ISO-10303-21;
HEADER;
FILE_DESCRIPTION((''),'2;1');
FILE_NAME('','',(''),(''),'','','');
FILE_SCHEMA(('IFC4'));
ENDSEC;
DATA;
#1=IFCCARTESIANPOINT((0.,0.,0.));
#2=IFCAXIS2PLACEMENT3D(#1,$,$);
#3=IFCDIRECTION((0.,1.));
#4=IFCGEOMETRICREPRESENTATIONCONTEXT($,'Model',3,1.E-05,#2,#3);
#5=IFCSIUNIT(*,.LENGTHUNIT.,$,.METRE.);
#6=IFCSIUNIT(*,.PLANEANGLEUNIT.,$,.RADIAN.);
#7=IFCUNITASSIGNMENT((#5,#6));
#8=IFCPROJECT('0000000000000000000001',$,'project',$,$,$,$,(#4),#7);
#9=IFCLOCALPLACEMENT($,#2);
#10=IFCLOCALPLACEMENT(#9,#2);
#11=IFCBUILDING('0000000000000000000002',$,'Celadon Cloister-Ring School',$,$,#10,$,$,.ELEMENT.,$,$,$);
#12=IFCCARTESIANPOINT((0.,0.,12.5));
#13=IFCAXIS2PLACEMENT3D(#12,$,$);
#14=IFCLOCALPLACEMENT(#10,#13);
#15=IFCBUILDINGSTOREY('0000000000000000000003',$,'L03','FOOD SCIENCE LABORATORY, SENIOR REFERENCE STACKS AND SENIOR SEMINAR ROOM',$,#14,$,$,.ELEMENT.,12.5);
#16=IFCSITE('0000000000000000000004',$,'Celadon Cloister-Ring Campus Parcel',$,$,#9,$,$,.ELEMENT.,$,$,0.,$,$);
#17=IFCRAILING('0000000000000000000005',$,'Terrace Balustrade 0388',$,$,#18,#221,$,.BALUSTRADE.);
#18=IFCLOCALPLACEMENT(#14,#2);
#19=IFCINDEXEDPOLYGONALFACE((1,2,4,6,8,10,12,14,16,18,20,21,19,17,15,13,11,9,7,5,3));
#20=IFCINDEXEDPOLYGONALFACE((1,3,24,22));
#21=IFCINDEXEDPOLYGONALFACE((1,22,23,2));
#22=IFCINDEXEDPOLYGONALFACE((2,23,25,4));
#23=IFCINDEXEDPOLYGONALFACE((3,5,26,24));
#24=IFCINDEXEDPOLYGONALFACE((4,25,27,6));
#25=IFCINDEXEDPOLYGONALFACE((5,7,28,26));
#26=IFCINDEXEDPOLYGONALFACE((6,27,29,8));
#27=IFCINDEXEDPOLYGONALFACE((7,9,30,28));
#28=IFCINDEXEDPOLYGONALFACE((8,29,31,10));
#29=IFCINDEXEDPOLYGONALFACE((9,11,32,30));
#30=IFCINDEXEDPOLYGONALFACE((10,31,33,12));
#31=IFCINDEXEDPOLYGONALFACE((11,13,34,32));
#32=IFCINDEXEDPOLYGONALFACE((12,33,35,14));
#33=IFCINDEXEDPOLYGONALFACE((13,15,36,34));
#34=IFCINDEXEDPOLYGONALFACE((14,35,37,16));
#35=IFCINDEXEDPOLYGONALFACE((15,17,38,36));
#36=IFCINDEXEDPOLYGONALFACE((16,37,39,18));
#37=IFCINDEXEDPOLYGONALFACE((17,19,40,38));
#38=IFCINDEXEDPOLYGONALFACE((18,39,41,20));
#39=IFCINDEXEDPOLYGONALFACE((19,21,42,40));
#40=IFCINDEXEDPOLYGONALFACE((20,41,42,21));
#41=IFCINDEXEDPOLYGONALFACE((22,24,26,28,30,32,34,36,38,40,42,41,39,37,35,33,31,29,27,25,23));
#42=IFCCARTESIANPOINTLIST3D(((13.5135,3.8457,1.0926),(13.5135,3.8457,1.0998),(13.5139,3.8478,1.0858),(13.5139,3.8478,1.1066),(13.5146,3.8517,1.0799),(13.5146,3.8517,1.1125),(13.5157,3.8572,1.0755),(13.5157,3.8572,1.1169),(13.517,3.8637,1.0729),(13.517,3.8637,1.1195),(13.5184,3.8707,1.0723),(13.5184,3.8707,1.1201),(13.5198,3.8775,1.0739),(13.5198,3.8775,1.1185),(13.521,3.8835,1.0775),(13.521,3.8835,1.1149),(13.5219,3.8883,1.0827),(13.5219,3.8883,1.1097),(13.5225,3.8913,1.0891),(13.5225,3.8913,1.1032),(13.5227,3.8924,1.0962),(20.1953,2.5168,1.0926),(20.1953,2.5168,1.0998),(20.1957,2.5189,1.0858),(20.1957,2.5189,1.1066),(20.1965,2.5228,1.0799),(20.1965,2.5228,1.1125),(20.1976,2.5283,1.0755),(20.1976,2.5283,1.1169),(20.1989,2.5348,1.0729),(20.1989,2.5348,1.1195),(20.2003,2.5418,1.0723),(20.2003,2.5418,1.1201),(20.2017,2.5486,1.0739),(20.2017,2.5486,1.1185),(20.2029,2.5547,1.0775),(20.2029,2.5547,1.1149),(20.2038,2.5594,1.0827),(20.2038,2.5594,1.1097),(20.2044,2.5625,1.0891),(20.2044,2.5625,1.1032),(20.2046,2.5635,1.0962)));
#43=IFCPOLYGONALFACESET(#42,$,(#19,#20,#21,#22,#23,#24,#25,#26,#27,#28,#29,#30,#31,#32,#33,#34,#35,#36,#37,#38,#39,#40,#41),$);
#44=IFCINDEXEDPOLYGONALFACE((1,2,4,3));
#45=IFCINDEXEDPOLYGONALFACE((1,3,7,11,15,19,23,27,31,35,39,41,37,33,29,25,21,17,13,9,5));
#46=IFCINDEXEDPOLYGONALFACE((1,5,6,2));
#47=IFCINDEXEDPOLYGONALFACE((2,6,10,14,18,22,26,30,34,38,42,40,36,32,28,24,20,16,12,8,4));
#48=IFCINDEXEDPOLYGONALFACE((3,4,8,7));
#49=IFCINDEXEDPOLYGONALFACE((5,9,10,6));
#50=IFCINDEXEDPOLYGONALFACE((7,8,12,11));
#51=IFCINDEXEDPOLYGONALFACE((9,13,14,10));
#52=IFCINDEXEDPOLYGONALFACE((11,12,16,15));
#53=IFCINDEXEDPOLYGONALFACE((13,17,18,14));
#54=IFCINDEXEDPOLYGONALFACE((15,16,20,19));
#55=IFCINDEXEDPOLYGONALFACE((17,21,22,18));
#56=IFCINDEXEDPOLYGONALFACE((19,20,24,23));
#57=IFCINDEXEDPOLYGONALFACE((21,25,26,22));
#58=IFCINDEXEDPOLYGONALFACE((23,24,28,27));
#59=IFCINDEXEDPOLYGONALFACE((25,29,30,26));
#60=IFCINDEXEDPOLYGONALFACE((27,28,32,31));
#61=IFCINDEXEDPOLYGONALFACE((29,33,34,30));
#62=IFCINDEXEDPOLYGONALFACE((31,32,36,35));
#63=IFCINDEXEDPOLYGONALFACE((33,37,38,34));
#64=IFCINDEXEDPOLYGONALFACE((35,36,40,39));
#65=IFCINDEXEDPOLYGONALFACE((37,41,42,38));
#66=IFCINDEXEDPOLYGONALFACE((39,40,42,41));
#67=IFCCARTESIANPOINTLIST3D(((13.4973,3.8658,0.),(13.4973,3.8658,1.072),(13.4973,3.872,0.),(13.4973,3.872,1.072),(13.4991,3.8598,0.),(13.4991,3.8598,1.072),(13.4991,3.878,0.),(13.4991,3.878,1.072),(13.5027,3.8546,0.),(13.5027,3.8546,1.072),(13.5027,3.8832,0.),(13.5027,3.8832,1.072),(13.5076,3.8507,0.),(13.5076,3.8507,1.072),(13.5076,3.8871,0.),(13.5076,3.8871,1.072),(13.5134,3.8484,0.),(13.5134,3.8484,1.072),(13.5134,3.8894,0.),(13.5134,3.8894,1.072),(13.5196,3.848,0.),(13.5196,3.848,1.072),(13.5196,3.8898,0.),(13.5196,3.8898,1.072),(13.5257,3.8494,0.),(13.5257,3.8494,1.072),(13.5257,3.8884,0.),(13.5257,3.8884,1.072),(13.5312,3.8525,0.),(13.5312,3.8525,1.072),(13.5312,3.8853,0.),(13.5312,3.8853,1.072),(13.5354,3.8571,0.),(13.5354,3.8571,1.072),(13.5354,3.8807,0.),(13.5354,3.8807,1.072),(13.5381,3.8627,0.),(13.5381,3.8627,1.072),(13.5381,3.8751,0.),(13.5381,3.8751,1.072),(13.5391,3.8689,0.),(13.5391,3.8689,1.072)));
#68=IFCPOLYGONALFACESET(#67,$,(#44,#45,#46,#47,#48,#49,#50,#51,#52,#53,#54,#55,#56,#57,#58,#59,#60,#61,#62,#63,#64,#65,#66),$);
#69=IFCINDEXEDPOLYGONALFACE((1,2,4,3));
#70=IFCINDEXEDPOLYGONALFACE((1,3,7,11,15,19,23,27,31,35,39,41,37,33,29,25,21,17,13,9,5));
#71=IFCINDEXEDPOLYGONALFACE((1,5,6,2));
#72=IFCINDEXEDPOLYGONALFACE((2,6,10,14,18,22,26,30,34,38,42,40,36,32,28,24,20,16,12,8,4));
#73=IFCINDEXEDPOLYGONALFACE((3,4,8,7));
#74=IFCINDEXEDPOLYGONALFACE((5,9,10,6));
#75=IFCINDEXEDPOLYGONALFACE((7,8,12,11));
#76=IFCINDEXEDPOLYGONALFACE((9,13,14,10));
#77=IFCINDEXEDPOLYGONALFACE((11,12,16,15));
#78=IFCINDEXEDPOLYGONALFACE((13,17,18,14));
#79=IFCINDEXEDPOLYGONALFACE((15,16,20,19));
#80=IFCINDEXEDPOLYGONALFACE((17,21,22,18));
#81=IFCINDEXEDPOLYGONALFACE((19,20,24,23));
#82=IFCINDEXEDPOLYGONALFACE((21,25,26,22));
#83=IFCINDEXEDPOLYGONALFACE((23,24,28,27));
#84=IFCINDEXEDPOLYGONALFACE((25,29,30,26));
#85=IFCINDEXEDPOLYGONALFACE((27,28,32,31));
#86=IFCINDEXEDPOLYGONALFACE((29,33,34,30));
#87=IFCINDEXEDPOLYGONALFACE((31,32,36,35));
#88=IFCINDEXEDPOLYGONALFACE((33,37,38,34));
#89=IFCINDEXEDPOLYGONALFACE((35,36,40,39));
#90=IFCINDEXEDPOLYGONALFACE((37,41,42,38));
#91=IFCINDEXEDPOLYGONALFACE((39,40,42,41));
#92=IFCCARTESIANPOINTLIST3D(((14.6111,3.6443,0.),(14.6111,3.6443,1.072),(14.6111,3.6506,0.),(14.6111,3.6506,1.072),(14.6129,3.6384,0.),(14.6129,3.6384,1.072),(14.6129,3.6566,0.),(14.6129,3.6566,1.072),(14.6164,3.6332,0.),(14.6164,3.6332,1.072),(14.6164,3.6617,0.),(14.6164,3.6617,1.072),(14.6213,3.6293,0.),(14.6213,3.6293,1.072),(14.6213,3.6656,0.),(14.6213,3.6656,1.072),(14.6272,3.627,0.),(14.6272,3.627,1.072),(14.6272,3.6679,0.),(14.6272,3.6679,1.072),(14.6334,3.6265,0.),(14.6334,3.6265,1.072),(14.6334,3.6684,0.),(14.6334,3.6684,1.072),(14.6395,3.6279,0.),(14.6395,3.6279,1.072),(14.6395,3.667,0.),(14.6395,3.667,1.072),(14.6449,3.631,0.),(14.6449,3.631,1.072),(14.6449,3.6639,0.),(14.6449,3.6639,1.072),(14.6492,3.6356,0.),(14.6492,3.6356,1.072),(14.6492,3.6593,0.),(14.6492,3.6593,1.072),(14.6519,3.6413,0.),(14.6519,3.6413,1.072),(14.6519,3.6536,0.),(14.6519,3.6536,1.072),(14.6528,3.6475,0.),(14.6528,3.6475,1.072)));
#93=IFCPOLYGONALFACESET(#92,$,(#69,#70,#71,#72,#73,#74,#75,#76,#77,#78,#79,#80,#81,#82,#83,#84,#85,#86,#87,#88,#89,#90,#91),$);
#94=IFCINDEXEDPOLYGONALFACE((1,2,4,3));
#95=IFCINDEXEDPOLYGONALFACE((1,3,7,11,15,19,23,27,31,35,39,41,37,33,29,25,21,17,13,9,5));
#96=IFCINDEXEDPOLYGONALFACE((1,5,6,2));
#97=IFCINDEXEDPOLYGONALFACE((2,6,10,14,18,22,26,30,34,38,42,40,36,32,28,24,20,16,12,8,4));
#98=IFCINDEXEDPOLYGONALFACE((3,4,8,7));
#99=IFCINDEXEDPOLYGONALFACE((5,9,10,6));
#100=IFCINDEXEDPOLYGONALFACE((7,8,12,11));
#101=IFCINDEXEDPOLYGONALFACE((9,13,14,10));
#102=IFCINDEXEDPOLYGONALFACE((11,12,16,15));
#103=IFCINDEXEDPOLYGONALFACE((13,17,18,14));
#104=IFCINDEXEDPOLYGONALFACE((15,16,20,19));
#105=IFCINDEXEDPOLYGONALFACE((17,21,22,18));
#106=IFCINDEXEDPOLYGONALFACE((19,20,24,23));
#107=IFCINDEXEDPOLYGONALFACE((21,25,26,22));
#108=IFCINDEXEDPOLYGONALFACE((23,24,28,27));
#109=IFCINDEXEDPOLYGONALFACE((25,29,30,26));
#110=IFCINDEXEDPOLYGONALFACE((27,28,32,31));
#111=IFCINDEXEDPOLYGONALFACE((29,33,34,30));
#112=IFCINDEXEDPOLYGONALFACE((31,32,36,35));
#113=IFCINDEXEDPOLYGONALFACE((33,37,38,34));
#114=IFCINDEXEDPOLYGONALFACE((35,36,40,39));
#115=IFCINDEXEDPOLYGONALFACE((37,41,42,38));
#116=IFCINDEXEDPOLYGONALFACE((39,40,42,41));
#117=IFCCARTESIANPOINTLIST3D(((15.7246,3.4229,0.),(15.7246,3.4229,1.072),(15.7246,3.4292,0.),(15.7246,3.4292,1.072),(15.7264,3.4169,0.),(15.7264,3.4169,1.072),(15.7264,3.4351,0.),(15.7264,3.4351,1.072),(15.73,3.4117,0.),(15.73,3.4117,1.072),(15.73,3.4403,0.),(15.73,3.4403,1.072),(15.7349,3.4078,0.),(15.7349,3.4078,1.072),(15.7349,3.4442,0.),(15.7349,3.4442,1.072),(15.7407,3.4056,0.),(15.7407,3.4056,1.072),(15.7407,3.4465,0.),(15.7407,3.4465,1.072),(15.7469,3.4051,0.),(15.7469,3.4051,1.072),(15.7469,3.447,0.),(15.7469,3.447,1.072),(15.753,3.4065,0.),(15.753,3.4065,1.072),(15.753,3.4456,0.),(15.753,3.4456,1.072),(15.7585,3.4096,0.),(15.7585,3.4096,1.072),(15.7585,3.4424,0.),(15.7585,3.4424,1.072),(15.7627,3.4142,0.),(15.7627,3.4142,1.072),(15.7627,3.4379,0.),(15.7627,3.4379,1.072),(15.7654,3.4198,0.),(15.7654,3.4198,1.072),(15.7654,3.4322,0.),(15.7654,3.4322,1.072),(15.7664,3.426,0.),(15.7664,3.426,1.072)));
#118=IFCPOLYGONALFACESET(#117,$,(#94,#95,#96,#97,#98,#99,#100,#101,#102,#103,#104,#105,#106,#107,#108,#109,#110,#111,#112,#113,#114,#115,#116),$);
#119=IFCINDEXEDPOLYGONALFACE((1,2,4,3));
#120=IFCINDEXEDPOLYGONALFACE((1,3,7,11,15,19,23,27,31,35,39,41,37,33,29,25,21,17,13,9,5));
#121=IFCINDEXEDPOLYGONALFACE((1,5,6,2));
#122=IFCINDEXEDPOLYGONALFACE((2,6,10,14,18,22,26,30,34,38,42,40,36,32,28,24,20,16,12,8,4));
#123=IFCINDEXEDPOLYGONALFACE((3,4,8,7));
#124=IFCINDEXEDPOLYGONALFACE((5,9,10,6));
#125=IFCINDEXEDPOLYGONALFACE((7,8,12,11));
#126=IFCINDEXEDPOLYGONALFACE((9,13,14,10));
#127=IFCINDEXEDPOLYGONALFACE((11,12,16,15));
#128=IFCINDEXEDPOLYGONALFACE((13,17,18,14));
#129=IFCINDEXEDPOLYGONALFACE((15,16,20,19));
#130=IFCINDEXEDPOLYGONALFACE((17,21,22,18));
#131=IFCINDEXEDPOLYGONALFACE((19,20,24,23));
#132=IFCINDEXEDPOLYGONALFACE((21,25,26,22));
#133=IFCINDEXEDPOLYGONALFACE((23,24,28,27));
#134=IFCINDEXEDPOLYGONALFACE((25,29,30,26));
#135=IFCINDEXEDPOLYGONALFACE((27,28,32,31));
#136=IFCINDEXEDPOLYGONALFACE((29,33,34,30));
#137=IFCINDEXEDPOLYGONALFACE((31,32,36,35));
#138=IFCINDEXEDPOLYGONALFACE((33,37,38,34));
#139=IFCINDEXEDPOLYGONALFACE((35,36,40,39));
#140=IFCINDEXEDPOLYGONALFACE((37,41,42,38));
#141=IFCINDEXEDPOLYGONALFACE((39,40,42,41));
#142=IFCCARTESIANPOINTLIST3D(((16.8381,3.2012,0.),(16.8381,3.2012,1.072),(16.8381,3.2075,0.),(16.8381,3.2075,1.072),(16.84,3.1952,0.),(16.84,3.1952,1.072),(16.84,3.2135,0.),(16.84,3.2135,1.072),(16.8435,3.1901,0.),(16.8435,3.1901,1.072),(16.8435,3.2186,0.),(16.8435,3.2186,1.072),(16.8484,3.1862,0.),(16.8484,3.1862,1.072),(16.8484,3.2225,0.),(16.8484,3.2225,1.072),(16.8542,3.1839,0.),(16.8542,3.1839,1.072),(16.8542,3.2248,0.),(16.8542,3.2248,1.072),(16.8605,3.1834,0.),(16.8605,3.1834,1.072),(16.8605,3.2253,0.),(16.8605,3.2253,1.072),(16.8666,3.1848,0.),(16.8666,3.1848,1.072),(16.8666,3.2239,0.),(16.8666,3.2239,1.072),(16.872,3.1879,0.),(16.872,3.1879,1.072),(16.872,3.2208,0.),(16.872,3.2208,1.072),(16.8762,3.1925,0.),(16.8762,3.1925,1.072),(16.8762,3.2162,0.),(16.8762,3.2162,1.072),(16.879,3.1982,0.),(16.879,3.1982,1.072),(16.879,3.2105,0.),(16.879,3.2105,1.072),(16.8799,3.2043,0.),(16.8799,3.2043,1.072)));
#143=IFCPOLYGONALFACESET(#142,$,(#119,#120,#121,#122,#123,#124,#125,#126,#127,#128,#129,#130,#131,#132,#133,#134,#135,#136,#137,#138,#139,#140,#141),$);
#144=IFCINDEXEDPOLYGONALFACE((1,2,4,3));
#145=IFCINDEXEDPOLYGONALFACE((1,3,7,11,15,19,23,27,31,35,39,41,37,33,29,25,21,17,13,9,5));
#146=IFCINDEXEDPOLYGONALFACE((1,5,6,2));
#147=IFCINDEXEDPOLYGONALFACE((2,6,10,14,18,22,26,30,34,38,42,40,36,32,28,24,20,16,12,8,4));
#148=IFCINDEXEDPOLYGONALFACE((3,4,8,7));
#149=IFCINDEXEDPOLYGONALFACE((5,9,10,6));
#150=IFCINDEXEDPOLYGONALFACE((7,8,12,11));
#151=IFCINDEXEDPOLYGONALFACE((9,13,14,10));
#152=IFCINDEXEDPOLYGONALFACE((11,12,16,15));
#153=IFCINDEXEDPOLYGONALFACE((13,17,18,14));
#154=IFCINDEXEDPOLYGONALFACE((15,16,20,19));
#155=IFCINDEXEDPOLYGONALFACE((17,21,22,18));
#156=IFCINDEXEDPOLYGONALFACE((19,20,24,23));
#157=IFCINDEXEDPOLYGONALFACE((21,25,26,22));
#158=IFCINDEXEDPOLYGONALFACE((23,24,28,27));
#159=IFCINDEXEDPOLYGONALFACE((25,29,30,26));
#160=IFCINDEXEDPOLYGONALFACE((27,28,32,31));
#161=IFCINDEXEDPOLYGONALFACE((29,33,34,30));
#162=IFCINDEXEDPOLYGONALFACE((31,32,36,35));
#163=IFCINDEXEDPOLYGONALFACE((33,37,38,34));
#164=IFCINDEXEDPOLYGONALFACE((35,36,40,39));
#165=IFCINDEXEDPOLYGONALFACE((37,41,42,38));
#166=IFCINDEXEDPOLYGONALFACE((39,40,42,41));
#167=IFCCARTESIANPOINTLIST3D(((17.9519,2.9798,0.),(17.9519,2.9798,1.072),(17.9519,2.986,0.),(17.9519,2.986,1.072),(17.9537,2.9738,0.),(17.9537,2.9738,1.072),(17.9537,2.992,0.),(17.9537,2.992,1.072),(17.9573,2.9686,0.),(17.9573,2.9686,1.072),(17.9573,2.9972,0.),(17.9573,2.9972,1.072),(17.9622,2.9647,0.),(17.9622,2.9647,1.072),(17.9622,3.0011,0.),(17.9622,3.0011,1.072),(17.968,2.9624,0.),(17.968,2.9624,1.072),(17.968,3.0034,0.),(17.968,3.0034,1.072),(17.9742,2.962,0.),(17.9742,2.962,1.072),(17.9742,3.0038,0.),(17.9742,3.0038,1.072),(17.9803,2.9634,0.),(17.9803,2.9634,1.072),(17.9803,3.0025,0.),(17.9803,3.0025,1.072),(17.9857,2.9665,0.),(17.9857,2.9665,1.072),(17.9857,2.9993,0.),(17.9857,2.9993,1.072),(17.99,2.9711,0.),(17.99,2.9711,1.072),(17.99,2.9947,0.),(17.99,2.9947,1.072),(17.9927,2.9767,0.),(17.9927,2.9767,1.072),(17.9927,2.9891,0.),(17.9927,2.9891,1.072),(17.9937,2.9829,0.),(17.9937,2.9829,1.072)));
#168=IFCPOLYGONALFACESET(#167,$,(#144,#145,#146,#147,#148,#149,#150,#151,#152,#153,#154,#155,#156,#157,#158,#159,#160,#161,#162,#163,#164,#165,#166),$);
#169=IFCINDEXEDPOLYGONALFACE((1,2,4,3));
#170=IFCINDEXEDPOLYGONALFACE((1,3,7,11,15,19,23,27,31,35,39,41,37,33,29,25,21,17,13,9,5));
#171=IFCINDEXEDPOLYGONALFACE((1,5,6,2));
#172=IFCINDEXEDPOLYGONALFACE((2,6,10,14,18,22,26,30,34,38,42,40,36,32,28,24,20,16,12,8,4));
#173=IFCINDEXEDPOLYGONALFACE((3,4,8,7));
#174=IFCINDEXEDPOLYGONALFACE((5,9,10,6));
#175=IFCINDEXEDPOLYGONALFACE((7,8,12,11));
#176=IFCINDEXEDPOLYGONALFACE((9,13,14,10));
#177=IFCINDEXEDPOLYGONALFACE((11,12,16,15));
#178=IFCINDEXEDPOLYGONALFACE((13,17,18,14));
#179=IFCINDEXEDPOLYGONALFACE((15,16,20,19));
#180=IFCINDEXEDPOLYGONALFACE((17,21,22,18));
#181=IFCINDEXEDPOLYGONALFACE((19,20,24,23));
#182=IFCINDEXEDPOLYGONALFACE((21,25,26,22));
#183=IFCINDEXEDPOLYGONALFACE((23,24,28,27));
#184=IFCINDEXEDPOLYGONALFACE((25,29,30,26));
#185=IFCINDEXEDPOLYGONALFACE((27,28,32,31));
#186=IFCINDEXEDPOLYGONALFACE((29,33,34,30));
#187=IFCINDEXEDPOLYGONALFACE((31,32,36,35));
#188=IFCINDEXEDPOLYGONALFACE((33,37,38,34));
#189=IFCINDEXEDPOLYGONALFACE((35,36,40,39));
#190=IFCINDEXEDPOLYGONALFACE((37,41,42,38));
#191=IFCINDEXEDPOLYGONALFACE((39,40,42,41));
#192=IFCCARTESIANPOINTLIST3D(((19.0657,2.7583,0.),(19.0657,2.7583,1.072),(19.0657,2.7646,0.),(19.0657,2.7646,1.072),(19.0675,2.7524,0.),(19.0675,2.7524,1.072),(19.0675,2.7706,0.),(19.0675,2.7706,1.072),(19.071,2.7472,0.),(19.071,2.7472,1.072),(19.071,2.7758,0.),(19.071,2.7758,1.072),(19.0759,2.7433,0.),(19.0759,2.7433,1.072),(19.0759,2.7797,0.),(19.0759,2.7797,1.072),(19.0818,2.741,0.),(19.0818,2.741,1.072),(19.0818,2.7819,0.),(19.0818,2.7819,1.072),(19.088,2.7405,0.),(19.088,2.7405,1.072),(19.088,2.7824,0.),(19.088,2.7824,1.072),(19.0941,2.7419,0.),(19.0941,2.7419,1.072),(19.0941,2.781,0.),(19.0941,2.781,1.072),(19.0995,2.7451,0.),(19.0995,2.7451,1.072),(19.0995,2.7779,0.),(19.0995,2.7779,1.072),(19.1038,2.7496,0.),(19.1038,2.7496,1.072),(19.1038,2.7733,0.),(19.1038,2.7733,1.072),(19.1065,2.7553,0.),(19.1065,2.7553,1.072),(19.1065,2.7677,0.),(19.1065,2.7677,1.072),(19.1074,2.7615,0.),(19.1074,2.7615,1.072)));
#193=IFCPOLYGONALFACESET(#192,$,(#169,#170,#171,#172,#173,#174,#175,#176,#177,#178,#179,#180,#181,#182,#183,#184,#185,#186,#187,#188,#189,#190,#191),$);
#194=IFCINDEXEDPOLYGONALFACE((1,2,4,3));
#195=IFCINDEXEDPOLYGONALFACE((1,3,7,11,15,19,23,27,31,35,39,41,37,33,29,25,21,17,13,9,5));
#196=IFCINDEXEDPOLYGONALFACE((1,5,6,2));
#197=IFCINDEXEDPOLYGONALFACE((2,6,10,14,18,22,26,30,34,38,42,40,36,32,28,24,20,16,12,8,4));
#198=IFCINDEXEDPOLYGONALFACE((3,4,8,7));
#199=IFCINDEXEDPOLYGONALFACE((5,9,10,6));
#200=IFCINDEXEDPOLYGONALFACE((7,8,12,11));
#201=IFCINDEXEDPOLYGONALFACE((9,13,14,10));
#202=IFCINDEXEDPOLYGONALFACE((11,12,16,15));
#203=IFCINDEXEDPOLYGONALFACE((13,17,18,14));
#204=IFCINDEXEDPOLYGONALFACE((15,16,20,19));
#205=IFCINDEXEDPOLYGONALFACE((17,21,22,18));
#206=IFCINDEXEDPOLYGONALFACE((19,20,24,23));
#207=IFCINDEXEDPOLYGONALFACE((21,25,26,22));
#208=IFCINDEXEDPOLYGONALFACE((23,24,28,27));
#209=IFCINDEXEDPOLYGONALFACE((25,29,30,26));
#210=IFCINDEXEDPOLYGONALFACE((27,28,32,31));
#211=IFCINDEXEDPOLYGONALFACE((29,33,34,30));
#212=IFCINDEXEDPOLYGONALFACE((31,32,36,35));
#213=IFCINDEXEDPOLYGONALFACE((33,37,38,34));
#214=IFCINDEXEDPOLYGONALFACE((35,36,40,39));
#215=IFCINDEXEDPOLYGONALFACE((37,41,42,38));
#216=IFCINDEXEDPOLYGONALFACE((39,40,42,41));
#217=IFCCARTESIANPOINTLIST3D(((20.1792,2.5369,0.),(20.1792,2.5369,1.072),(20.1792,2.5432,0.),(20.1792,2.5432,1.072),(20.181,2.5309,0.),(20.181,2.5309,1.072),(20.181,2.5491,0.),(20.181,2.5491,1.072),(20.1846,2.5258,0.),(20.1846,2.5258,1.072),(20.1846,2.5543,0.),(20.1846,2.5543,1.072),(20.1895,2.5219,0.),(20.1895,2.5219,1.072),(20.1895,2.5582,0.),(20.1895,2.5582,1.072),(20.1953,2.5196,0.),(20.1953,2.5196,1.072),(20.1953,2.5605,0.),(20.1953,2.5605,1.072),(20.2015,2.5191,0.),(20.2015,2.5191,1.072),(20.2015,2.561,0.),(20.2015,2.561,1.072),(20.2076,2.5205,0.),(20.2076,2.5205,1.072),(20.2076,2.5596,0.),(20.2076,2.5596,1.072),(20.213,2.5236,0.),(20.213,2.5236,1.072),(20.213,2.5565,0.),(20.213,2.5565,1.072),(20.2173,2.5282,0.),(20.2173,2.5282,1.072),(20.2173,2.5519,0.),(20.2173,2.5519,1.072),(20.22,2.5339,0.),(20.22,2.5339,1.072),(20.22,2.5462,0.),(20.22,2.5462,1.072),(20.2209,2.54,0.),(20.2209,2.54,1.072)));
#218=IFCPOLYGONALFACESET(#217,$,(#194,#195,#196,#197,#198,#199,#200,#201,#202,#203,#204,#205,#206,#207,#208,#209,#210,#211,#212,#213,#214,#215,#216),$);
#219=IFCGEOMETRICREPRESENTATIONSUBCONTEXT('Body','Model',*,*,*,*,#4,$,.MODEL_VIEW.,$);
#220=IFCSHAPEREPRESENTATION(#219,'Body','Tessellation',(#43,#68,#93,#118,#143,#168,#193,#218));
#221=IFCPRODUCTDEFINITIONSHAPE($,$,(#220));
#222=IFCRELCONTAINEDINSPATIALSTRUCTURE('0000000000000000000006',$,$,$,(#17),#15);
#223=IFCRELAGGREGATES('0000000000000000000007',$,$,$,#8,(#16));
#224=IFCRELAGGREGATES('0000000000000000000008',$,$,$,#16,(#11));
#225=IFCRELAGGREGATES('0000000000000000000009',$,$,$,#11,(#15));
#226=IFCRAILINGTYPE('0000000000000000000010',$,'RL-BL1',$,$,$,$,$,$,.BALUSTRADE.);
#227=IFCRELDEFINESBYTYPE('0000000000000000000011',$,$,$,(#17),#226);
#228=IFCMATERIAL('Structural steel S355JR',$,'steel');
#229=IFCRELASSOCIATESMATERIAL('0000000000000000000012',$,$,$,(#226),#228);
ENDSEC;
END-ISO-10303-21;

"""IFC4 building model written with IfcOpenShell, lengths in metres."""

from ifc_helpers import new_model, si_unit, direction, frame, origin, origin_2d, place, context, subcontext, project, spatial, circle, extrude, material, type_object, element, save


model = new_model("IFC4")

# Units and contexts
model_context = context("Model", 3, precision=1e-05, world=origin(), true_north=direction((0.0, 1.0)))
body_context = subcontext(model_context, "Body", "Model", "MODEL_VIEW")
ifc_project = project(units=[si_unit("LENGTHUNIT", "METRE"), si_unit("PLANEANGLEUNIT", "RADIAN")], contexts=[model_context])

# Site, building, storey
site_placement = place(None, origin())
site = spatial("IfcSite", under=ifc_project, at=site_placement, Name="Celadon Cloister-Ring Campus Parcel", CompositionType="ELEMENT", RefElevation=0.0)
building_placement = place(site_placement, origin())
building = spatial("IfcBuilding", under=site, at=building_placement, Name="Celadon Cloister-Ring School", CompositionType="ELEMENT")
storey_placement = place(building_placement, frame((0.0, 0.0, 12.5)))
storey = spatial("IfcBuildingStorey", under=building, at=storey_placement, Name="L03", Description="FOOD SCIENCE LABORATORY, SENIOR REFERENCE STACKS AND SENIOR SEMINAR ROOM", CompositionType="ELEMENT", Elevation=12.5)

# Railing
ifc_material_1 = material(Name="Structural steel S355JR", Category="steel")
railing_type = type_object("IfcRailingType", Name="RL-BL1", PredefinedType="BALUSTRADE", material=ifc_material_1)
railing_1_placement = place(storey_placement, frame((13.5181, 3.8689, 0.0)))
element("IfcRailing", 1, at=railing_1_placement, inside=storey, type_object=railing_type, Name="Terrace Balustrade 0388", PredefinedType="BALUSTRADE", context=body_context, shape_type="SweptSolid", body=[
    extrude(circle(Radius=0.0239, at=origin_2d()), frame((0.0, 0.0, 1.0962), z_axis=(0.980792, -0.195055, 0.0), x_axis=(0.195055, 0.980792, 0.0)), (0.0, 0.0, 1.0), 6.8127),
    extrude(circle(Radius=0.021, at=origin_2d()), origin(), (0.0, 0.0, 1.0), 1.072),
    extrude(circle(Radius=0.021, at=origin_2d()), frame((1.1138, -0.2214, 0.0)), (0.0, 0.0, 1.0), 1.072),
    extrude(circle(Radius=0.021, at=origin_2d()), frame((2.2273, -0.4429, 0.0)), (0.0, 0.0, 1.0), 1.072),
    extrude(circle(Radius=0.021, at=origin_2d()), frame((3.3408, -0.6646, 0.0)), (0.0, 0.0, 1.0), 1.072),
    extrude(circle(Radius=0.021, at=origin_2d()), frame((4.4546, -0.886, 0.0)), (0.0, 0.0, 1.0), 1.072),
    extrude(circle(Radius=0.021, at=origin_2d()), frame((5.5684, -1.1074, 0.0)), (0.0, 0.0, 1.0), 1.072),
    extrude(circle(Radius=0.021, at=origin_2d()), frame((6.6819, -1.3289, 0.0)), (0.0, 0.0, 1.0), 1.072),
])

save(model, "model.ifc")
